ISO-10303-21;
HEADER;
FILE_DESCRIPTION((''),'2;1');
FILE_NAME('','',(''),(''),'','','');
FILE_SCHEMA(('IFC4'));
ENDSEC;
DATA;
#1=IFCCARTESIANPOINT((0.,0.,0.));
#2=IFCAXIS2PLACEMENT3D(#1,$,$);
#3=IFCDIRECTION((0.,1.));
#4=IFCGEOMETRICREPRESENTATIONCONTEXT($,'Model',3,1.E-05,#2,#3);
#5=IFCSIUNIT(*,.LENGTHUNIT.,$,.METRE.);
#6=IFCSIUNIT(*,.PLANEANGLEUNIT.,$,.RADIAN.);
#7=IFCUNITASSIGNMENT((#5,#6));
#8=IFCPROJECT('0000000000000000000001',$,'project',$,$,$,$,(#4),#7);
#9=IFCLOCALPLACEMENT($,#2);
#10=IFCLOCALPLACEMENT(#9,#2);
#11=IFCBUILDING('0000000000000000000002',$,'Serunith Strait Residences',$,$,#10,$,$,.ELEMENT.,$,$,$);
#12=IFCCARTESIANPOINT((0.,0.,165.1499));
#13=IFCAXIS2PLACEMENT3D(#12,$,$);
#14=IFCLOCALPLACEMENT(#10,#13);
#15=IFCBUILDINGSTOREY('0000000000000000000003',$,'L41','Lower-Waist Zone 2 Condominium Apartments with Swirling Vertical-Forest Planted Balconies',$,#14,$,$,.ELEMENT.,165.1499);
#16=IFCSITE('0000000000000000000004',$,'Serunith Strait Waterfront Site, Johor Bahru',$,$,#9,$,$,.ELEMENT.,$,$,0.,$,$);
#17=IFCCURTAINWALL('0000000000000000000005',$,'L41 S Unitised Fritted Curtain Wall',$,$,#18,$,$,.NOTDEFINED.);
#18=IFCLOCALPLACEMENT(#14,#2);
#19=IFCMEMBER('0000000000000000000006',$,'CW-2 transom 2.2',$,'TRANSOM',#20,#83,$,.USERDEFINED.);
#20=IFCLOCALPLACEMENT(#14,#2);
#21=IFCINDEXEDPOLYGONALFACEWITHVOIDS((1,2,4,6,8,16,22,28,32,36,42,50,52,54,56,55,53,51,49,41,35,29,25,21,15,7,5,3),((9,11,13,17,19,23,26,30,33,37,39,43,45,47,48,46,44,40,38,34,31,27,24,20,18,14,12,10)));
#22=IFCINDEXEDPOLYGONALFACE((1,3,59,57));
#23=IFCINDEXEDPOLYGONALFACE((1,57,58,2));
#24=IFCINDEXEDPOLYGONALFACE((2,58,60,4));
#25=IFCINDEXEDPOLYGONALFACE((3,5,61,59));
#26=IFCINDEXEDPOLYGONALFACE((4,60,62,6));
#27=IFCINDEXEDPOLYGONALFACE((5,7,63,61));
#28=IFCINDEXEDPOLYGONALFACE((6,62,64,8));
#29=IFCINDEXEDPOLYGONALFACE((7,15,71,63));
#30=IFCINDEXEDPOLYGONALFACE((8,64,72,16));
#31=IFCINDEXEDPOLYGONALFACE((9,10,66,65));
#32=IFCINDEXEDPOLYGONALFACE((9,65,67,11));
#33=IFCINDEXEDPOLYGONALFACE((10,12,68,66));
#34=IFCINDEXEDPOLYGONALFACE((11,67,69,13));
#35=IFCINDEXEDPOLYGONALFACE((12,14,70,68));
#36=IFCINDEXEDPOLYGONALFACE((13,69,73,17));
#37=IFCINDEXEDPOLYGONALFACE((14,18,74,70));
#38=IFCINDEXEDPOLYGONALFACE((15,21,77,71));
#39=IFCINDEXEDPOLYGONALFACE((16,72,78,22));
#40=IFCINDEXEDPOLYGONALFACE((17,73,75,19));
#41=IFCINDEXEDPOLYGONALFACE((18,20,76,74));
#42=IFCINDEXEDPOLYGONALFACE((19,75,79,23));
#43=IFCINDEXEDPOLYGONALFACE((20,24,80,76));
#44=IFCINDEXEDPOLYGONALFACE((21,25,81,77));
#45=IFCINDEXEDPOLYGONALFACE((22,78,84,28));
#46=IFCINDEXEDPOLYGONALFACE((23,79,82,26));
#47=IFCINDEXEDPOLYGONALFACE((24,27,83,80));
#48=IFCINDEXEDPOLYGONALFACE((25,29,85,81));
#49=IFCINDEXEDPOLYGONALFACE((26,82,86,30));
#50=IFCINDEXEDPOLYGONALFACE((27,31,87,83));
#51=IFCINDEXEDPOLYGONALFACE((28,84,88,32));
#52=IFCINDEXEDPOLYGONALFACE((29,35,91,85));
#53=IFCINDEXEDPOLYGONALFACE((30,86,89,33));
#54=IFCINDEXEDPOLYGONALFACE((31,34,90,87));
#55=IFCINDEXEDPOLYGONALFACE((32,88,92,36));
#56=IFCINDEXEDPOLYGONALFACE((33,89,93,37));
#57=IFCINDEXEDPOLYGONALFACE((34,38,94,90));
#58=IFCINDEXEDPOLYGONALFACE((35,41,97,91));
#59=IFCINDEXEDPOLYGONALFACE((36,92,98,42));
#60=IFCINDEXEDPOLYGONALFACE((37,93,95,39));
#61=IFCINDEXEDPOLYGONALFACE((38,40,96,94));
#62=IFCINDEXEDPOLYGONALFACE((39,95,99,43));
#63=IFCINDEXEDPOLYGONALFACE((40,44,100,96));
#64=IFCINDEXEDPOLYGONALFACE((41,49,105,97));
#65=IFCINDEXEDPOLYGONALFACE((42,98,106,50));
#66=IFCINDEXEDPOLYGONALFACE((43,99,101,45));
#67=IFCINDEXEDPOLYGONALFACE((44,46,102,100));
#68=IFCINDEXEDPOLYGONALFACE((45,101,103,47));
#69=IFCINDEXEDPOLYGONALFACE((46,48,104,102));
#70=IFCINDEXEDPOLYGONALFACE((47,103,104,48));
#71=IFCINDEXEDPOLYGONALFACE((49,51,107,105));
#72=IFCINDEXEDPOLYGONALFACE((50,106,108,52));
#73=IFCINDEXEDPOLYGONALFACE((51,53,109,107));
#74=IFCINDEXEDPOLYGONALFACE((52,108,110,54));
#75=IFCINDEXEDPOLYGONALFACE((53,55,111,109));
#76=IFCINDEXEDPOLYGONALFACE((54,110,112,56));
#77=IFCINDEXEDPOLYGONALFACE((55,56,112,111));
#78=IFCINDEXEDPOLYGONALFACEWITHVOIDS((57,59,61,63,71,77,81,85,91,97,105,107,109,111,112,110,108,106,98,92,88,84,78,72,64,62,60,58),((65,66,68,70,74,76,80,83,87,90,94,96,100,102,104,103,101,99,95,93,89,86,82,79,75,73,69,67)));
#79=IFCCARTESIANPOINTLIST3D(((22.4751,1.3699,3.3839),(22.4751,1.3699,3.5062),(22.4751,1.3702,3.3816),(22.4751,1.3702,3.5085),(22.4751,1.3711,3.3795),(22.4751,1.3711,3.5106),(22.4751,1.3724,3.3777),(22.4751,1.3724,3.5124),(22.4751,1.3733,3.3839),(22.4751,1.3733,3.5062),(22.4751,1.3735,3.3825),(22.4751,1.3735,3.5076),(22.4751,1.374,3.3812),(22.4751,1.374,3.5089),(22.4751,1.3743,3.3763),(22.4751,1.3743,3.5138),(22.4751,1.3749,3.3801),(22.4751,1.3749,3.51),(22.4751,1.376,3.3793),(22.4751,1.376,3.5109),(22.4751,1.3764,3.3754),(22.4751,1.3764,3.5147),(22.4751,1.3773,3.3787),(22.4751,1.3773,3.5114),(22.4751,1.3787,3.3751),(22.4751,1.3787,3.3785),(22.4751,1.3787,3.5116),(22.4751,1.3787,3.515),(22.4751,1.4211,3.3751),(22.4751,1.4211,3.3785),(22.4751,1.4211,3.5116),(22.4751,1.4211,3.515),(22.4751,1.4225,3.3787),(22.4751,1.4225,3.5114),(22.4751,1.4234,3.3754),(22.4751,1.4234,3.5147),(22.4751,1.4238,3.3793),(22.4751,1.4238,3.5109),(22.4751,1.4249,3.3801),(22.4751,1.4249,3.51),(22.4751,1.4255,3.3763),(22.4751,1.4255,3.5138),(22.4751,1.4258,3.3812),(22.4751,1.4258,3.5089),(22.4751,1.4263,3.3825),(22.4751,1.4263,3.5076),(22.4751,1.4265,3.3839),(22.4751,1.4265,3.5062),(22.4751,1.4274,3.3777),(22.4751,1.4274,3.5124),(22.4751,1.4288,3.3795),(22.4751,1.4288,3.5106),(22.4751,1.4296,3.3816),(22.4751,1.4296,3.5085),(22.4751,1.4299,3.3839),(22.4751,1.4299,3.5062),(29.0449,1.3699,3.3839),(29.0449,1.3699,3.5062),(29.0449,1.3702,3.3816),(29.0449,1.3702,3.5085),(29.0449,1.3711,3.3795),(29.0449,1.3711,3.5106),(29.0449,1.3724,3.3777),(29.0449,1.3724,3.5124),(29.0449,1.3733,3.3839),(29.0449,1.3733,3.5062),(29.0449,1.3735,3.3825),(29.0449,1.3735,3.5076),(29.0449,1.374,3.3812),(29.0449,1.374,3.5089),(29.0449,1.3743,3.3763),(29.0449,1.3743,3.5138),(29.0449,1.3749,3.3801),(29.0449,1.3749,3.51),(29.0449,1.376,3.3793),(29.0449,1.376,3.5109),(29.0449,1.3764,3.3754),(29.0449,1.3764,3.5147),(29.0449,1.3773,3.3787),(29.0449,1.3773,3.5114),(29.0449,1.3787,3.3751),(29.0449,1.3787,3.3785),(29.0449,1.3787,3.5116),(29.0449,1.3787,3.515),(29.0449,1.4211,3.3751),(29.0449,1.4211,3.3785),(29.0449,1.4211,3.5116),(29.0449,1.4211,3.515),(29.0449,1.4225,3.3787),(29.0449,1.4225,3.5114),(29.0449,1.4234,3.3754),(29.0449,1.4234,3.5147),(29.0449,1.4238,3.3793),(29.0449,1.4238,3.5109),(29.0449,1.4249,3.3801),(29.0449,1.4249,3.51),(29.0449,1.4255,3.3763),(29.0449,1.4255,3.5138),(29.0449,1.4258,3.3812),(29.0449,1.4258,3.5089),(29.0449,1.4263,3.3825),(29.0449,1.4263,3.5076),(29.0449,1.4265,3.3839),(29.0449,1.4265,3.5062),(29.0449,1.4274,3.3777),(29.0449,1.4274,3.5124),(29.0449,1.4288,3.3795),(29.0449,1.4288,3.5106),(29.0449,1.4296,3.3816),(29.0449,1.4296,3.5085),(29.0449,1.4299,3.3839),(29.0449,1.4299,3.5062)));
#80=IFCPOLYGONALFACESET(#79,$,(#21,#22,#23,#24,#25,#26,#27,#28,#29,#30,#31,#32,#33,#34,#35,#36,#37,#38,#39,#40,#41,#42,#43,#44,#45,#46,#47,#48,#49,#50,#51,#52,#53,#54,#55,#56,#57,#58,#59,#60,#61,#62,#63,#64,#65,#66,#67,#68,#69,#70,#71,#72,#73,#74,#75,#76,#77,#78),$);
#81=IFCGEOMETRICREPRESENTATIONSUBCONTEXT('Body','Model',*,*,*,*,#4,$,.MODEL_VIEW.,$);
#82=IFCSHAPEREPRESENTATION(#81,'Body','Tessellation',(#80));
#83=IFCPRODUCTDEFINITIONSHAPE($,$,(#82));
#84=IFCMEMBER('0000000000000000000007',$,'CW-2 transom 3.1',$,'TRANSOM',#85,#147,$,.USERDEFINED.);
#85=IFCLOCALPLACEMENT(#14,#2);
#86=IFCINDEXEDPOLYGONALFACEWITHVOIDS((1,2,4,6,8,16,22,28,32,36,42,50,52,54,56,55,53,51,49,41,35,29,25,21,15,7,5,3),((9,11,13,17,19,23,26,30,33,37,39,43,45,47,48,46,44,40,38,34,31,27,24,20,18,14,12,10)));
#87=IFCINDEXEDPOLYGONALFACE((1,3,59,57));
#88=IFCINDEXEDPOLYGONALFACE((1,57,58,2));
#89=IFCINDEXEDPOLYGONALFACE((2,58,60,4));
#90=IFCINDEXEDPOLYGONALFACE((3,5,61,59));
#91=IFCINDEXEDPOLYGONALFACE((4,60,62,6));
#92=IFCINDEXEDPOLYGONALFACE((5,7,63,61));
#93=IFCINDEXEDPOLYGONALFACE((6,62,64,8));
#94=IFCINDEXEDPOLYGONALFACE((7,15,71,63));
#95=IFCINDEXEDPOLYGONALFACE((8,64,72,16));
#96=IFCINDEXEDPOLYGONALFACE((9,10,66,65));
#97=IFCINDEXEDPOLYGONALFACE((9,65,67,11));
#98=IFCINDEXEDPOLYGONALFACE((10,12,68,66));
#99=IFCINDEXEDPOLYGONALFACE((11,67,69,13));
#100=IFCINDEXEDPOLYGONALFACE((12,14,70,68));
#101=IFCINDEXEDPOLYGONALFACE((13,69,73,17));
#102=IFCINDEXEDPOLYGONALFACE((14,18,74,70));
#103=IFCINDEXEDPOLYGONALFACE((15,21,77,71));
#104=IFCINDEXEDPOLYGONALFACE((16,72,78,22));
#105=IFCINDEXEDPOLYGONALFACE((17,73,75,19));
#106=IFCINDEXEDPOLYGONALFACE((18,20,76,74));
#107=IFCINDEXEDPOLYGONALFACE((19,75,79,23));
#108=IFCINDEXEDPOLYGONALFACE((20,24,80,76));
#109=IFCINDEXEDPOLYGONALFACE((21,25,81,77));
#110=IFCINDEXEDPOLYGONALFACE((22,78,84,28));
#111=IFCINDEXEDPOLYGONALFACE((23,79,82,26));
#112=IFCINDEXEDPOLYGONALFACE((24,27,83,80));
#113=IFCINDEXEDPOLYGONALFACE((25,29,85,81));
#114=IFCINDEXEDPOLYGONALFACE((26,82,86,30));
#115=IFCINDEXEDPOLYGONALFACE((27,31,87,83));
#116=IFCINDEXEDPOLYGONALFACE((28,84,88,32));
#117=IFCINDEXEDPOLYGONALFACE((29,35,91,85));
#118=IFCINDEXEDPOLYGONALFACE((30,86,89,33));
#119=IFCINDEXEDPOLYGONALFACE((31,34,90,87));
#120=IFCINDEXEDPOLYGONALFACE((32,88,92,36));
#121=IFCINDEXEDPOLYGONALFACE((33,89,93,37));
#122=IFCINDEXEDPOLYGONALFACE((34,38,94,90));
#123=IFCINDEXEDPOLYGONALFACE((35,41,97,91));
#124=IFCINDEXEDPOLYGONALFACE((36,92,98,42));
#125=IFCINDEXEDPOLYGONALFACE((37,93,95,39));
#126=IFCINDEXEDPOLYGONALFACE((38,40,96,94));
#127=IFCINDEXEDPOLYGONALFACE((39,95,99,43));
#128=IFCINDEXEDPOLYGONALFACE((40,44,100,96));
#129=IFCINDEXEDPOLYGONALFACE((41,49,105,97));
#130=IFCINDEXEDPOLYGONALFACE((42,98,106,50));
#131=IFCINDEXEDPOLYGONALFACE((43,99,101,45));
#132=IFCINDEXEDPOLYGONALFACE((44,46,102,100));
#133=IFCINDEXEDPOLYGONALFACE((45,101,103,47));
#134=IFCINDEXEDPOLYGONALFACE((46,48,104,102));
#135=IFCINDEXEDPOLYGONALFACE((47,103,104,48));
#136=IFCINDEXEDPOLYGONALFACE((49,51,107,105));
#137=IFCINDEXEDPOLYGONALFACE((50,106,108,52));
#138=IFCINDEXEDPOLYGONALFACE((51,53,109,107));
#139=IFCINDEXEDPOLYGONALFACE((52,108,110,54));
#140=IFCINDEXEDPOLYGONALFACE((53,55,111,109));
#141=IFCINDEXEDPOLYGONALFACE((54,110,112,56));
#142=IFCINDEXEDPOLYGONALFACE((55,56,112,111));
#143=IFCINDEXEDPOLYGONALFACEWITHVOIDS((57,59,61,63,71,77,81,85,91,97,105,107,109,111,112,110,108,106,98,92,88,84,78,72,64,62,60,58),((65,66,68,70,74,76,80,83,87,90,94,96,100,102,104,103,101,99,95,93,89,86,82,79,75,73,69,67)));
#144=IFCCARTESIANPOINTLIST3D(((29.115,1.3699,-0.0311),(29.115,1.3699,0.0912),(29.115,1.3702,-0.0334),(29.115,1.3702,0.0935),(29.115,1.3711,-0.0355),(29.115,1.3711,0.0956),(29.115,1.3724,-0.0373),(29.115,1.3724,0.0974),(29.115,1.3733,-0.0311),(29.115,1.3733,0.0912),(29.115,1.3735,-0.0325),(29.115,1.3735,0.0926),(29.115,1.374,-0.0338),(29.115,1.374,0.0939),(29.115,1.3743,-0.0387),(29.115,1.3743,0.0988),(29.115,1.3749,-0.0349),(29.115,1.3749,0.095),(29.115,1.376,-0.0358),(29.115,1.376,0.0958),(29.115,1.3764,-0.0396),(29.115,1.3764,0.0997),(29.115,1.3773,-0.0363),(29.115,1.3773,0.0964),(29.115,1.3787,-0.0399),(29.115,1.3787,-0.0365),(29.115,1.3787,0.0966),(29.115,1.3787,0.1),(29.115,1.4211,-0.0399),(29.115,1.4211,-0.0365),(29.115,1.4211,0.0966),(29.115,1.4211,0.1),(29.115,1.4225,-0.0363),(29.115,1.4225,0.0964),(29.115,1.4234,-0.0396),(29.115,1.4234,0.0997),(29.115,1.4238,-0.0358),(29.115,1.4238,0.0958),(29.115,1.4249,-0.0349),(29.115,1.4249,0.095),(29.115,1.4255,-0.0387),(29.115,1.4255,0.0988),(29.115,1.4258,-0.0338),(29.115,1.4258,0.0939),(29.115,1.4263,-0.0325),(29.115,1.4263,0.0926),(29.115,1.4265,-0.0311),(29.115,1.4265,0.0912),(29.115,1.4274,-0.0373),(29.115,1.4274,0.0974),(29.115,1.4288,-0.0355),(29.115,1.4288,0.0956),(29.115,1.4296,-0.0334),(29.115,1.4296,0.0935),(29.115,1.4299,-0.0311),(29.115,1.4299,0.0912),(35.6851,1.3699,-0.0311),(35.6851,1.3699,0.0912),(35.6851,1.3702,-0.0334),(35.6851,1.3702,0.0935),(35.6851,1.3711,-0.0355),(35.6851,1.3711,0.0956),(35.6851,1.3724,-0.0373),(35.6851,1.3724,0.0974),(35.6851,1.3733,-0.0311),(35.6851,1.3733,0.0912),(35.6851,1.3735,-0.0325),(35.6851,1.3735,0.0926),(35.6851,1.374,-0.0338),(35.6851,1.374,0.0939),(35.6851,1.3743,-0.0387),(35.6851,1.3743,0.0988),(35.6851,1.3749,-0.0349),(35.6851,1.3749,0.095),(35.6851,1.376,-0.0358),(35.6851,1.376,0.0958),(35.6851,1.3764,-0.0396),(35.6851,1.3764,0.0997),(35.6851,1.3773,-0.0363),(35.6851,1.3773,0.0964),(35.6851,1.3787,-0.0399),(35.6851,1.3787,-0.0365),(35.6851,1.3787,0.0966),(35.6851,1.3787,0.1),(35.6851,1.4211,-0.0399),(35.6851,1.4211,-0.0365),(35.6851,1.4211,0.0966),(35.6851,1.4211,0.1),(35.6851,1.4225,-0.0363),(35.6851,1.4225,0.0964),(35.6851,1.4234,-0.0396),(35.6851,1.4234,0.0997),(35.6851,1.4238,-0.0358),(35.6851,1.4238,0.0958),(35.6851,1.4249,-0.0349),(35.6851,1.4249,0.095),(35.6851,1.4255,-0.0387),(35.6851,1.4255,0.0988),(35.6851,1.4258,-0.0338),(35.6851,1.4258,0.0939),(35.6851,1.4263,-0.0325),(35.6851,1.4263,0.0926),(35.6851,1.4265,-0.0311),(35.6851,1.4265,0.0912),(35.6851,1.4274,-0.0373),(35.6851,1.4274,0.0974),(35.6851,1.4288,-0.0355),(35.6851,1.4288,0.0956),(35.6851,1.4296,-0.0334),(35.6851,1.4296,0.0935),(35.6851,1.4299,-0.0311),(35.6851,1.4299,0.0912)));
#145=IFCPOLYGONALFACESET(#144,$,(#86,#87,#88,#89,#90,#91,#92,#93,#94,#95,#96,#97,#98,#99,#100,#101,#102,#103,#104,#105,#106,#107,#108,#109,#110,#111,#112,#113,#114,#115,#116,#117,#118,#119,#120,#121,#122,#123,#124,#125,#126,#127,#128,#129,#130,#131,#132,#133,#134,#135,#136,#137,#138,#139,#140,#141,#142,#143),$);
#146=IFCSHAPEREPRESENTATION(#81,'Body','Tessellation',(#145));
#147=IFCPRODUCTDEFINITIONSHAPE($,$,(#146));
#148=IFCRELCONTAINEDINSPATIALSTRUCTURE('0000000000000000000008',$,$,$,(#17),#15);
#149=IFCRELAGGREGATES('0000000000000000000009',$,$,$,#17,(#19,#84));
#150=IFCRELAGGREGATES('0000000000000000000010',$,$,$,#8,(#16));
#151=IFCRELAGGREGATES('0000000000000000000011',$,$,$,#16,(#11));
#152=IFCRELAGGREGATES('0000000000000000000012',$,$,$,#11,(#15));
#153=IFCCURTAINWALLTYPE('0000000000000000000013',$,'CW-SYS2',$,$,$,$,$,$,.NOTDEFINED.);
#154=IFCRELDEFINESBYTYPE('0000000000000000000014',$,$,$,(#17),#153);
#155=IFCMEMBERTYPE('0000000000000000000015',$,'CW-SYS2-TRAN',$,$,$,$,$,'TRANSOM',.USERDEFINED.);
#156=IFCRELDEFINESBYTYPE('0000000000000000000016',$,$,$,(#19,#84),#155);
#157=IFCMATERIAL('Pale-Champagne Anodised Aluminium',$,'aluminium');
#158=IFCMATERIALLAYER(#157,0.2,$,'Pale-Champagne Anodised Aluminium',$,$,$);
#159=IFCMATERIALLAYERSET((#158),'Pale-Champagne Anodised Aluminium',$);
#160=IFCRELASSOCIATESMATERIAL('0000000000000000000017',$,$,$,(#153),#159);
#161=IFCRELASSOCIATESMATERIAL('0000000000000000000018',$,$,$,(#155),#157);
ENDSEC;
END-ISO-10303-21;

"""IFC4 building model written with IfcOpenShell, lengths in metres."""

from ifc_helpers import new_model, si_unit, direction, frame, origin, origin_2d, place, context, subcontext, project, spatial, hollow_rectangle, extrude, source, transform, mapped, material, layer, layer_set, material_profile, profile_set, type_object, element, aggregate, save


model = new_model("IFC4")

# Units and contexts
model_context = context("Model", 3, precision=1e-05, world=origin(), true_north=direction((0.0, 1.0)))
body_context = subcontext(model_context, "Body", "Model", "MODEL_VIEW")
ifc_project = project(units=[si_unit("LENGTHUNIT", "METRE"), si_unit("PLANEANGLEUNIT", "RADIAN")], contexts=[model_context])

# Site, building, storey
site_placement = place(None, origin())
site = spatial("IfcSite", under=ifc_project, at=site_placement, Name="Serunith Strait Waterfront Site, Johor Bahru", CompositionType="ELEMENT", RefElevation=0.0)
building_placement = place(site_placement, origin())
building = spatial("IfcBuilding", under=site, at=building_placement, Name="Serunith Strait Residences", CompositionType="ELEMENT")
storey_placement = place(building_placement, frame((0.0, 0.0, 165.1499)))
storey = spatial("IfcBuildingStorey", under=building, at=storey_placement, Name="L41", Description="Lower-Waist Zone 2 Condominium Apartments with Swirling Vertical-Forest Planted Balconies", CompositionType="ELEMENT", Elevation=165.1499)

# Curtain wall, members
ifc_material_1 = material(Name="Pale-Champagne Anodised Aluminium", Category="aluminium")
ifc_layer_1 = layer(ifc_material_1, 0.2, Name="Pale-Champagne Anodised Aluminium")
ifc_layer_set_1 = layer_set([ifc_layer_1], Name="Pale-Champagne Anodised Aluminium")
curtain_wall_type = type_object("IfcCurtainWallType", Name="CW-SYS2", PredefinedType="NOTDEFINED", material=ifc_layer_set_1)
curtain_wall_placement = place(storey_placement, origin())
curtain_wall = element("IfcCurtainWall", 1, at=curtain_wall_placement, inside=storey, type_object=curtain_wall_type, Name="L41 S Unitised Fritted Curtain Wall", PredefinedType="NOTDEFINED")
ifc_material_profile_1 = material_profile(ifc_material_1, hollow_rectangle(XDim=0.0601, YDim=0.1399, WallThickness=0.0034, InnerFilletRadius=0.0054, OuterFilletRadius=0.0088, at=origin_2d()), Name="ALU 140x60x3.5")
ifc_profile_set_1 = profile_set([ifc_material_profile_1], Name="Pale-Champagne Anodised Aluminium")
member_type_1 = type_object("IfcMemberType", Name="CW-SYS2-TRAN", ElementType="TRANSOM", PredefinedType="USERDEFINED", material=ifc_profile_set_1)
shared_shape_1 = source(origin(), body_context, "Body", "SweptSolid", [
    extrude(hollow_rectangle(XDim=0.0601, YDim=0.1399, WallThickness=0.0034, InnerFilletRadius=0.0054, OuterFilletRadius=0.0088, at=origin_2d()), origin(), (0.0, 0.0, 1.0), 6.5698),
])
member_1_placement = place(storey_placement, frame((22.4751, 1.3999, 3.4451), z_axis=(1.0, 0.0, 0.0), x_axis=(0.0, 1.0, 0.0)))
member_1 = element("IfcMember", 2, at=member_1_placement, type_object=member_type_1, Name="CW-2 transom 2.2", ObjectType="TRANSOM", PredefinedType="USERDEFINED", context=body_context, shape_type="MappedRepresentation", body=[
    mapped(shared_shape_1, transform((0.0, 0.0, 0.0), scale=1.0)),
])
shared_shape_2 = source(origin(), body_context, "Body", "SweptSolid", [
    extrude(hollow_rectangle(XDim=0.0601, YDim=0.1399, WallThickness=0.0034, InnerFilletRadius=0.0054, OuterFilletRadius=0.0088, at=origin_2d()), origin(), (0.0, 0.0, 1.0), 6.5701),
])
member_2_placement = place(storey_placement, frame((29.115, 1.3999, 0.03), z_axis=(1.0, 0.0, 0.0), x_axis=(0.0, 1.0, 0.0)))
member_2 = element("IfcMember", 3, at=member_2_placement, type_object=member_type_1, Name="CW-2 transom 3.1", ObjectType="TRANSOM", PredefinedType="USERDEFINED", context=body_context, shape_type="MappedRepresentation", body=[
    mapped(shared_shape_2, transform((0.0, 0.0, 0.0), scale=1.0)),
])
aggregate(curtain_wall, [member_1, member_2])

save(model, "model.ifc")
